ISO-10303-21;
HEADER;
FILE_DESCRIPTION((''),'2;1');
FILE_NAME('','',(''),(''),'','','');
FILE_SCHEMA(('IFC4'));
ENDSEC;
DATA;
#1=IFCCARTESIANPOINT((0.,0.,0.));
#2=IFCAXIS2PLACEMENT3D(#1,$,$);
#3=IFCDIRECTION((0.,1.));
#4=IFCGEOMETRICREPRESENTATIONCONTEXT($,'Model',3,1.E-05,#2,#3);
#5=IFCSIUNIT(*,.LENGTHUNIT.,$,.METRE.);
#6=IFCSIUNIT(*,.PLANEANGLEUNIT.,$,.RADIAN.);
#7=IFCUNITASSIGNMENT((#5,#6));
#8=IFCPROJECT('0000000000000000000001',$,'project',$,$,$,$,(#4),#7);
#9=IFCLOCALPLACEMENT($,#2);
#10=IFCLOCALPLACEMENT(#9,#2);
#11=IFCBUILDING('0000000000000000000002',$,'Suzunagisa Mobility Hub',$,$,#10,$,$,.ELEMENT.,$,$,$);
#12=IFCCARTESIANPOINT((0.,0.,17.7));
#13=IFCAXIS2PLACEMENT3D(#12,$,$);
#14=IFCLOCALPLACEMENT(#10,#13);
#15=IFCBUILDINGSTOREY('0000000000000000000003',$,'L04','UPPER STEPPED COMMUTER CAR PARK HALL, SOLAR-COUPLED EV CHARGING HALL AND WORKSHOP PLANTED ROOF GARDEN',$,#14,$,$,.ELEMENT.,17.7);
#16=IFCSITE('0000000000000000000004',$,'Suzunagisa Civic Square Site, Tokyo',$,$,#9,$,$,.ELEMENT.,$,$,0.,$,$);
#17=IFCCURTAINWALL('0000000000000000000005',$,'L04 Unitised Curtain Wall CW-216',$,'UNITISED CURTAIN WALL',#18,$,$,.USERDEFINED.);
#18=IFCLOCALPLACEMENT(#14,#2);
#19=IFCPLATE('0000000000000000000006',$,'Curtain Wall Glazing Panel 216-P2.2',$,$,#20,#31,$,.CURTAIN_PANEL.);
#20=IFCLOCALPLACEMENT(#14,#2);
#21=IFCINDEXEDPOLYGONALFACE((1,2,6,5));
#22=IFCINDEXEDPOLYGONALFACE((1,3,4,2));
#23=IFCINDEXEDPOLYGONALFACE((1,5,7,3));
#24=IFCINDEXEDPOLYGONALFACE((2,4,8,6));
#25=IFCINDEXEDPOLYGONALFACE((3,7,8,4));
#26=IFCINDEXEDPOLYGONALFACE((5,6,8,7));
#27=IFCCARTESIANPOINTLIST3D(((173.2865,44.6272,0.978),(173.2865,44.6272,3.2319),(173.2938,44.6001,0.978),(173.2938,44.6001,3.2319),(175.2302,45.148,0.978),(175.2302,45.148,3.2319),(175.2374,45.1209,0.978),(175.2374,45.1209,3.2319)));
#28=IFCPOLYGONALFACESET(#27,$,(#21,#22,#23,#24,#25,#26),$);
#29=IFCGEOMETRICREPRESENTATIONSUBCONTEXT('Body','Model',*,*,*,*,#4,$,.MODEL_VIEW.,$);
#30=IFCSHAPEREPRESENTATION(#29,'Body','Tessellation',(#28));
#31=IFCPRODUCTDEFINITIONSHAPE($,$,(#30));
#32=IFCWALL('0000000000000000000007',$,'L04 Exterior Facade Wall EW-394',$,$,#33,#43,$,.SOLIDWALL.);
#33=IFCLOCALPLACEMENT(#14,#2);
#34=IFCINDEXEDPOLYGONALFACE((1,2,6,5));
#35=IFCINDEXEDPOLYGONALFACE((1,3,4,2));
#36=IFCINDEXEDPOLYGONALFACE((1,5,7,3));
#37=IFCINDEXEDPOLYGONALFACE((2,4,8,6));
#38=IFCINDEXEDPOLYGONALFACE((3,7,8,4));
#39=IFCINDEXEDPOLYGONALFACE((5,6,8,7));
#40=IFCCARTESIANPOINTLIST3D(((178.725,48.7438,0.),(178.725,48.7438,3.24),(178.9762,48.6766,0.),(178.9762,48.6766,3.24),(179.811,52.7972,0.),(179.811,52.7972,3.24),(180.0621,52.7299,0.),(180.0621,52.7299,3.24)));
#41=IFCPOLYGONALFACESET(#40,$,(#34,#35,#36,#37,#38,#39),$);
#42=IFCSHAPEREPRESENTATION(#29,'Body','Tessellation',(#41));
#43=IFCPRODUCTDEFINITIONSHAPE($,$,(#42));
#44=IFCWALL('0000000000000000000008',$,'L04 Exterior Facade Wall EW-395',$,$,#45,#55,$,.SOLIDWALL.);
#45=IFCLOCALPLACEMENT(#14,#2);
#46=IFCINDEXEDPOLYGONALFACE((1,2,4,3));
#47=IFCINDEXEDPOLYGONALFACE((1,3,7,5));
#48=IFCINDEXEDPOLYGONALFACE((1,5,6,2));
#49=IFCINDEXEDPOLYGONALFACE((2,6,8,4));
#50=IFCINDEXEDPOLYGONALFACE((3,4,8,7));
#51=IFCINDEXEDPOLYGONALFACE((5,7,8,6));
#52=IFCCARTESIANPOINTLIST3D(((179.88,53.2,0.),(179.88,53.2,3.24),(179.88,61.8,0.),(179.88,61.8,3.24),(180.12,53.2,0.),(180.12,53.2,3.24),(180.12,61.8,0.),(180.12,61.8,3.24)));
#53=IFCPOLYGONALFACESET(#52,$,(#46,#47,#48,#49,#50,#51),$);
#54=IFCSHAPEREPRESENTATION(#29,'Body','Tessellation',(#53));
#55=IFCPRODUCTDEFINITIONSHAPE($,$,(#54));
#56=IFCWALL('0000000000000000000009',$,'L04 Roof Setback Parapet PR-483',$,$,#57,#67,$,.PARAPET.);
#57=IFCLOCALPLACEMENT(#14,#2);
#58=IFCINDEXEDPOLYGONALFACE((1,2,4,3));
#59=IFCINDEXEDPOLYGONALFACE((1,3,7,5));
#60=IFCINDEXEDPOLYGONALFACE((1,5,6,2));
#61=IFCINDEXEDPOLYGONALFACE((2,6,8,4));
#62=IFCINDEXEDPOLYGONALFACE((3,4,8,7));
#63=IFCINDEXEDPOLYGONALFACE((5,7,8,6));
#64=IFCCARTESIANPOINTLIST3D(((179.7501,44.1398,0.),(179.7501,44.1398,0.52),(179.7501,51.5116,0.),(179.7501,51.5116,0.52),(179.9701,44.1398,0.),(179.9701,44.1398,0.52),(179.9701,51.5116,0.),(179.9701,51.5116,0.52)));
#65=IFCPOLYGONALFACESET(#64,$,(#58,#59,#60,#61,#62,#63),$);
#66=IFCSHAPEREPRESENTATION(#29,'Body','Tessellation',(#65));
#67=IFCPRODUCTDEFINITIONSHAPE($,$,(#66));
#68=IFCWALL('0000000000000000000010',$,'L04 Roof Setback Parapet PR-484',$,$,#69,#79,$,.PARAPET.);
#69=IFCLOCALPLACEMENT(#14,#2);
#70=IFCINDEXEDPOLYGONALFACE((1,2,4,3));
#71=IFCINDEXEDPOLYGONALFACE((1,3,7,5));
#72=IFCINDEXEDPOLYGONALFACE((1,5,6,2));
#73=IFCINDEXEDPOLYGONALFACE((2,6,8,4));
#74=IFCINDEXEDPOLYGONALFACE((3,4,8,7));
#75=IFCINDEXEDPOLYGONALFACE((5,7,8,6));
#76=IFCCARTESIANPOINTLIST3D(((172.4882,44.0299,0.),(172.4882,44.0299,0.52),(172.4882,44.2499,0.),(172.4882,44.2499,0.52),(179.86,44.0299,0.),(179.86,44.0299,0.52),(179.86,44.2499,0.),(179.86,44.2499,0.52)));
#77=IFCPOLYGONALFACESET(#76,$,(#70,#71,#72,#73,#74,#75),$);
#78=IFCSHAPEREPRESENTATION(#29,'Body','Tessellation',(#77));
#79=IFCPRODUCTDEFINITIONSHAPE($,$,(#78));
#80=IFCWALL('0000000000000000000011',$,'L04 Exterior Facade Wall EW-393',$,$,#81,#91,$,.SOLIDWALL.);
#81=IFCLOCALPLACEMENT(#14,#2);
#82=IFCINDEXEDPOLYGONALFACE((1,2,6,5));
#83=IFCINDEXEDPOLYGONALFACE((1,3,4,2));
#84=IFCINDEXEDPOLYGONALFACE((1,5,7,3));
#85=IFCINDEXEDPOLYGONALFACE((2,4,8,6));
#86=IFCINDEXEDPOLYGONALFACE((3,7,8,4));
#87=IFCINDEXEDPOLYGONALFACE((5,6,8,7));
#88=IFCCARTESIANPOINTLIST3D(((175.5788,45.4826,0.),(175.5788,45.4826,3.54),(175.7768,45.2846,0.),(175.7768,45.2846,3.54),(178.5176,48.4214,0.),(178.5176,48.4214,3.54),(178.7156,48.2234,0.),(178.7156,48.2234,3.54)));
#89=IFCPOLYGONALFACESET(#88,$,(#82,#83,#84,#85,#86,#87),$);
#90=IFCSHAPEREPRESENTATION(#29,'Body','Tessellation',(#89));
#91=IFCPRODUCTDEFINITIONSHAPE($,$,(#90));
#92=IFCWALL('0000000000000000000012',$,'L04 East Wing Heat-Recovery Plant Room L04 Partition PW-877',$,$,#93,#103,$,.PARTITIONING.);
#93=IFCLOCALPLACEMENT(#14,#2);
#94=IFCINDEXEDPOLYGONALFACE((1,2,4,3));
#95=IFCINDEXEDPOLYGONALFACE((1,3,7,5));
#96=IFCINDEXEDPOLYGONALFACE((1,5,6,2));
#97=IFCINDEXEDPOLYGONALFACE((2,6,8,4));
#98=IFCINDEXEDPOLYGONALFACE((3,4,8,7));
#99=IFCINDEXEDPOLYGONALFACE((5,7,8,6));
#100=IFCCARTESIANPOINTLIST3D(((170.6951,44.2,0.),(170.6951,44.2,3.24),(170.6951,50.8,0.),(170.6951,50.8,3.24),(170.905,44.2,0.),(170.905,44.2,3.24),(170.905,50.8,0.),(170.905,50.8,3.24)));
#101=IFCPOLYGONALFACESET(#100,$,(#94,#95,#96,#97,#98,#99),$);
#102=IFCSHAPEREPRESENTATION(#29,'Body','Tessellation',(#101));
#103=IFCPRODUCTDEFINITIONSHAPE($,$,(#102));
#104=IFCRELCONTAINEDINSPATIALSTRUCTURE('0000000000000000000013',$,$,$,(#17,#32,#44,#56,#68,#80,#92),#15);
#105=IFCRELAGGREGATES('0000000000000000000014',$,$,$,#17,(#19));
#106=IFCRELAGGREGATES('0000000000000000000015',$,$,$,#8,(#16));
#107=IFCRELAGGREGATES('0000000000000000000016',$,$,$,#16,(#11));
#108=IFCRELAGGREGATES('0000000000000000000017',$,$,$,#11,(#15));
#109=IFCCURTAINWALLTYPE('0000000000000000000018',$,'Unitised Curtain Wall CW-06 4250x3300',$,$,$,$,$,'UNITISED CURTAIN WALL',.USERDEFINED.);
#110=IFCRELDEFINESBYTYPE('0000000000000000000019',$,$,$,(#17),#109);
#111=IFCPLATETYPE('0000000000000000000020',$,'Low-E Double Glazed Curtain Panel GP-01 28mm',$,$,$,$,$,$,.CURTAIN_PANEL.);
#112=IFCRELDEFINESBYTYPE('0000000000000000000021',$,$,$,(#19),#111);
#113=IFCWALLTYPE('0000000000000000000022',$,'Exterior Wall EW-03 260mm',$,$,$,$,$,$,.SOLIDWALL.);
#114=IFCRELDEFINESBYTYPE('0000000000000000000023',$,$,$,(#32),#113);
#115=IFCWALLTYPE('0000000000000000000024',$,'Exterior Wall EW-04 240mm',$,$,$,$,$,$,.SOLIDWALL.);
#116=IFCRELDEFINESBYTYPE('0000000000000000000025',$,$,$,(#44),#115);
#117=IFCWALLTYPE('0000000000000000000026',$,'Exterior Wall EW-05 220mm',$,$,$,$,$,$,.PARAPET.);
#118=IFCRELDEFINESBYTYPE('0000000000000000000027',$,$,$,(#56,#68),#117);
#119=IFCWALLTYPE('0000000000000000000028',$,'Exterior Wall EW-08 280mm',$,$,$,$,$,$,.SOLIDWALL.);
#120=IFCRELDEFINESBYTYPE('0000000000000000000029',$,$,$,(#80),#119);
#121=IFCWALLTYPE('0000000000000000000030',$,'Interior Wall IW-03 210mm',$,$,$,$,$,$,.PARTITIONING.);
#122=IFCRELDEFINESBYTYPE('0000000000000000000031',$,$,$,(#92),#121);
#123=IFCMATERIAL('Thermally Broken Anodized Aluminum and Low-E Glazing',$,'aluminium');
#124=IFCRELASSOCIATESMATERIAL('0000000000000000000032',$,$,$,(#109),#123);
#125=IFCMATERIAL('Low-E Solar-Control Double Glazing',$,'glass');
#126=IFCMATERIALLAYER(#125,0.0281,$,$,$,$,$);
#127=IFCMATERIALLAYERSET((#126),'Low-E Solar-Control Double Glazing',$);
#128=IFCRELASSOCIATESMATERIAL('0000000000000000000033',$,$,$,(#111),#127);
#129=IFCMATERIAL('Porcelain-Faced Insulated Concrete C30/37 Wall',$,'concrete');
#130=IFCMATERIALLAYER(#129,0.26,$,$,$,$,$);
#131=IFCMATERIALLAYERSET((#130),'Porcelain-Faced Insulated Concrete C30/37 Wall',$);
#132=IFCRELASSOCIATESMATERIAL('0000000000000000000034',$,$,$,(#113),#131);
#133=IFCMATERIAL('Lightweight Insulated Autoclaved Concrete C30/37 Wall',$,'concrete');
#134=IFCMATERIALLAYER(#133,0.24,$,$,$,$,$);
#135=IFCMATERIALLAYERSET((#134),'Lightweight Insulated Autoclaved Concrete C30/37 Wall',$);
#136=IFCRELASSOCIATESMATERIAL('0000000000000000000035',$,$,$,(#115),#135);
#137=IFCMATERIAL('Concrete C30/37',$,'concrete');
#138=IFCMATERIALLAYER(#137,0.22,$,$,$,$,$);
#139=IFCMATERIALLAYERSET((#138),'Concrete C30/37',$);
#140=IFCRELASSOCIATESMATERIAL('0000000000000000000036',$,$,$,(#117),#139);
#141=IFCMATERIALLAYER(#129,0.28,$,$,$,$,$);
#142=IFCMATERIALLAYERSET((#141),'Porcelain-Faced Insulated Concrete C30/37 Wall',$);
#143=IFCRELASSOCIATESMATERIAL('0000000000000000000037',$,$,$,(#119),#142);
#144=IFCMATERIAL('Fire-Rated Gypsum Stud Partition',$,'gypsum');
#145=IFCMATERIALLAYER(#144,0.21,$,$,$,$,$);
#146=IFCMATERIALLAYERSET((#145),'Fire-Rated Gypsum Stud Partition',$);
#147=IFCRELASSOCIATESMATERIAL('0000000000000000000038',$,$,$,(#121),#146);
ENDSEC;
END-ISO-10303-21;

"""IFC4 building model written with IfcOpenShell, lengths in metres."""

from ifc_helpers import new_model, si_unit, direction, frame, frame_2d, origin, origin_2d, place, context, subcontext, project, spatial, rectangle, extrude, material, layer, layer_set, type_object, element, aggregate, save


model = new_model("IFC4")

# Units and contexts
model_context = context("Model", 3, precision=1e-05, world=origin(), true_north=direction((0.0, 1.0)))
body_context = subcontext(model_context, "Body", "Model", "MODEL_VIEW")
ifc_project = project(units=[si_unit("LENGTHUNIT", "METRE"), si_unit("PLANEANGLEUNIT", "RADIAN")], contexts=[model_context])

# Site, building, storey
site_placement = place(None, origin())
site = spatial("IfcSite", under=ifc_project, at=site_placement, Name="Suzunagisa Civic Square Site, Tokyo", CompositionType="ELEMENT", RefElevation=0.0)
building_placement = place(site_placement, origin())
building = spatial("IfcBuilding", under=site, at=building_placement, Name="Suzunagisa Mobility Hub", CompositionType="ELEMENT")
storey_placement = place(building_placement, frame((0.0, 0.0, 17.7)))
storey = spatial("IfcBuildingStorey", under=building, at=storey_placement, Name="L04", Description="UPPER STEPPED COMMUTER CAR PARK HALL, SOLAR-COUPLED EV CHARGING HALL AND WORKSHOP PLANTED ROOF GARDEN", CompositionType="ELEMENT", Elevation=17.7)

# Curtain wall
ifc_material_1 = material(Name="Thermally Broken Anodized Aluminum and Low-E Glazing", Category="aluminium")
curtain_wall_type = type_object("IfcCurtainWallType", Name="Unitised Curtain Wall CW-06 4250x3300", ElementType="UNITISED CURTAIN WALL", PredefinedType="USERDEFINED", material=ifc_material_1)
curtain_wall_placement = place(storey_placement, origin())
curtain_wall = element("IfcCurtainWall", 1, at=curtain_wall_placement, inside=storey, type_object=curtain_wall_type, Name="L04 Unitised Curtain Wall CW-216", ObjectType="UNITISED CURTAIN WALL", PredefinedType="USERDEFINED")

# Plate
ifc_material_2 = material(Name="Low-E Solar-Control Double Glazing", Category="glass")
ifc_layer_1 = layer(ifc_material_2, 0.0281)
ifc_layer_set_1 = layer_set([ifc_layer_1], Name="Low-E Solar-Control Double Glazing")
plate_type = type_object("IfcPlateType", Name="Low-E Double Glazed Curtain Panel GP-01 28mm", PredefinedType="CURTAIN_PANEL", material=ifc_layer_set_1)
plate_1_placement = place(storey_placement, frame((174.262, 44.874, 0.978), z_axis=(0.0, 0.0, 1.0), x_axis=(0.965927, 0.258814, 0.0)))
plate_1 = element("IfcPlate", 2, at=plate_1_placement, type_object=plate_type, Name="Curtain Wall Glazing Panel 216-P2.2", PredefinedType="CURTAIN_PANEL", context=body_context, shape_type="SweptSolid", body=[
    extrude(rectangle(XDim=2.0122, YDim=0.0281, at=origin_2d()), origin(), (0.0, 0.0, 1.0), 2.2539),
])
aggregate(curtain_wall, [plate_1])

# Walls
ifc_material_3 = material(Name="Porcelain-Faced Insulated Concrete C30/37 Wall", Category="concrete")
ifc_layer_2 = layer(ifc_material_3, 0.26)
ifc_layer_set_2 = layer_set([ifc_layer_2], Name="Porcelain-Faced Insulated Concrete C30/37 Wall")
wall_type_1 = type_object("IfcWallType", Name="Exterior Wall EW-03 260mm", PredefinedType="SOLIDWALL", material=ifc_layer_set_2)
wall_1_placement = place(storey_placement, frame((178.8506, 48.7102, 0.0), z_axis=(0.0, 0.0, 1.0), x_axis=(0.258792, 0.965933, 0.0)))
element("IfcWall", 3, at=wall_1_placement, inside=storey, type_object=wall_type_1, Name="L04 Exterior Facade Wall EW-394", PredefinedType="SOLIDWALL", context=body_context, shape_type="SweptSolid", body=[
    extrude(rectangle(XDim=4.1963, YDim=0.26, at=frame_2d((2.0981, 0.0))), origin(), (0.0, 0.0, 1.0), 3.24),
])
ifc_material_4 = material(Name="Lightweight Insulated Autoclaved Concrete C30/37 Wall", Category="concrete")
ifc_layer_3 = layer(ifc_material_4, 0.24)
ifc_layer_set_3 = layer_set([ifc_layer_3], Name="Lightweight Insulated Autoclaved Concrete C30/37 Wall")
wall_type_2 = type_object("IfcWallType", Name="Exterior Wall EW-04 240mm", PredefinedType="SOLIDWALL", material=ifc_layer_set_3)
wall_2_placement = place(storey_placement, frame((180.0, 53.2, 0.0), z_axis=(0.0, 0.0, 1.0), x_axis=(0.0, 1.0, 0.0)))
element("IfcWall", 4, at=wall_2_placement, inside=storey, type_object=wall_type_2, Name="L04 Exterior Facade Wall EW-395", PredefinedType="SOLIDWALL", context=body_context, shape_type="SweptSolid", body=[
    extrude(rectangle(XDim=8.6001, YDim=0.24, at=frame_2d((4.3, 0.0))), origin(), (0.0, 0.0, 1.0), 3.24),
])
ifc_material_5 = material(Name="Concrete C30/37", Category="concrete")
ifc_layer_4 = layer(ifc_material_5, 0.22)
ifc_layer_set_4 = layer_set([ifc_layer_4], Name="Concrete C30/37")
wall_type_3 = type_object("IfcWallType", Name="Exterior Wall EW-05 220mm", PredefinedType="PARAPET", material=ifc_layer_set_4)
for number, where, z_axis, x_axis, name in (
    (5, (179.8601, 51.5117, 0.0), (0.0, 0.0, 1.0), (0.0, -1.0, 0.0), "L04 Roof Setback Parapet PR-483"),
    (6, (179.8601, 44.1399, 0.0), (0.0, 0.0, 1.0), (-1.0, 0.0, 0.0), "L04 Roof Setback Parapet PR-484"),
):
    element("IfcWall", number, at=place(storey_placement, frame(where, z_axis=z_axis, x_axis=x_axis)), inside=storey, type_object=wall_type_3, Name=name, PredefinedType="PARAPET", context=body_context, shape_type="SweptSolid", body=[
        extrude(rectangle(XDim=7.3718, YDim=0.22, at=frame_2d((3.686, 0.0))), origin(), (0.0, 0.0, 1.0), 0.52),
    ])
ifc_layer_5 = layer(ifc_material_3, 0.28)
ifc_layer_set_5 = layer_set([ifc_layer_5], Name="Porcelain-Faced Insulated Concrete C30/37 Wall")
wall_type_4 = type_object("IfcWallType", Name="Exterior Wall EW-08 280mm", PredefinedType="SOLIDWALL", material=ifc_layer_set_5)
wall_3_placement = place(storey_placement, frame((175.6777, 45.3835, 0.0), z_axis=(0.0, 0.0, 1.0), x_axis=(0.707107, 0.707107, 0.0)))
element("IfcWall", 7, at=wall_3_placement, inside=storey, type_object=wall_type_4, Name="L04 Exterior Facade Wall EW-393", PredefinedType="SOLIDWALL", context=body_context, shape_type="SweptSolid", body=[
    extrude(rectangle(XDim=4.156, YDim=0.28, at=frame_2d((2.0781, 0.0))), origin(), (0.0, 0.0, 1.0), 3.54),
])
ifc_material_6 = material(Name="Fire-Rated Gypsum Stud Partition", Category="gypsum")
ifc_layer_6 = layer(ifc_material_6, 0.21)
ifc_layer_set_6 = layer_set([ifc_layer_6], Name="Fire-Rated Gypsum Stud Partition")
wall_type_5 = type_object("IfcWallType", Name="Interior Wall IW-03 210mm", PredefinedType="PARTITIONING", material=ifc_layer_set_6)
wall_4_placement = place(storey_placement, frame((170.8, 44.2, 0.0), z_axis=(0.0, 0.0, 1.0), x_axis=(0.0, 1.0, 0.0)))
element("IfcWall", 8, at=wall_4_placement, inside=storey, type_object=wall_type_5, Name="L04 East Wing Heat-Recovery Plant Room L04 Partition PW-877", PredefinedType="PARTITIONING", context=body_context, shape_type="SweptSolid", body=[
    extrude(rectangle(XDim=6.6001, YDim=0.21, at=frame_2d((3.3, 0.0))), origin(), (0.0, 0.0, 1.0), 3.24),
])

save(model, "model.ifc")
